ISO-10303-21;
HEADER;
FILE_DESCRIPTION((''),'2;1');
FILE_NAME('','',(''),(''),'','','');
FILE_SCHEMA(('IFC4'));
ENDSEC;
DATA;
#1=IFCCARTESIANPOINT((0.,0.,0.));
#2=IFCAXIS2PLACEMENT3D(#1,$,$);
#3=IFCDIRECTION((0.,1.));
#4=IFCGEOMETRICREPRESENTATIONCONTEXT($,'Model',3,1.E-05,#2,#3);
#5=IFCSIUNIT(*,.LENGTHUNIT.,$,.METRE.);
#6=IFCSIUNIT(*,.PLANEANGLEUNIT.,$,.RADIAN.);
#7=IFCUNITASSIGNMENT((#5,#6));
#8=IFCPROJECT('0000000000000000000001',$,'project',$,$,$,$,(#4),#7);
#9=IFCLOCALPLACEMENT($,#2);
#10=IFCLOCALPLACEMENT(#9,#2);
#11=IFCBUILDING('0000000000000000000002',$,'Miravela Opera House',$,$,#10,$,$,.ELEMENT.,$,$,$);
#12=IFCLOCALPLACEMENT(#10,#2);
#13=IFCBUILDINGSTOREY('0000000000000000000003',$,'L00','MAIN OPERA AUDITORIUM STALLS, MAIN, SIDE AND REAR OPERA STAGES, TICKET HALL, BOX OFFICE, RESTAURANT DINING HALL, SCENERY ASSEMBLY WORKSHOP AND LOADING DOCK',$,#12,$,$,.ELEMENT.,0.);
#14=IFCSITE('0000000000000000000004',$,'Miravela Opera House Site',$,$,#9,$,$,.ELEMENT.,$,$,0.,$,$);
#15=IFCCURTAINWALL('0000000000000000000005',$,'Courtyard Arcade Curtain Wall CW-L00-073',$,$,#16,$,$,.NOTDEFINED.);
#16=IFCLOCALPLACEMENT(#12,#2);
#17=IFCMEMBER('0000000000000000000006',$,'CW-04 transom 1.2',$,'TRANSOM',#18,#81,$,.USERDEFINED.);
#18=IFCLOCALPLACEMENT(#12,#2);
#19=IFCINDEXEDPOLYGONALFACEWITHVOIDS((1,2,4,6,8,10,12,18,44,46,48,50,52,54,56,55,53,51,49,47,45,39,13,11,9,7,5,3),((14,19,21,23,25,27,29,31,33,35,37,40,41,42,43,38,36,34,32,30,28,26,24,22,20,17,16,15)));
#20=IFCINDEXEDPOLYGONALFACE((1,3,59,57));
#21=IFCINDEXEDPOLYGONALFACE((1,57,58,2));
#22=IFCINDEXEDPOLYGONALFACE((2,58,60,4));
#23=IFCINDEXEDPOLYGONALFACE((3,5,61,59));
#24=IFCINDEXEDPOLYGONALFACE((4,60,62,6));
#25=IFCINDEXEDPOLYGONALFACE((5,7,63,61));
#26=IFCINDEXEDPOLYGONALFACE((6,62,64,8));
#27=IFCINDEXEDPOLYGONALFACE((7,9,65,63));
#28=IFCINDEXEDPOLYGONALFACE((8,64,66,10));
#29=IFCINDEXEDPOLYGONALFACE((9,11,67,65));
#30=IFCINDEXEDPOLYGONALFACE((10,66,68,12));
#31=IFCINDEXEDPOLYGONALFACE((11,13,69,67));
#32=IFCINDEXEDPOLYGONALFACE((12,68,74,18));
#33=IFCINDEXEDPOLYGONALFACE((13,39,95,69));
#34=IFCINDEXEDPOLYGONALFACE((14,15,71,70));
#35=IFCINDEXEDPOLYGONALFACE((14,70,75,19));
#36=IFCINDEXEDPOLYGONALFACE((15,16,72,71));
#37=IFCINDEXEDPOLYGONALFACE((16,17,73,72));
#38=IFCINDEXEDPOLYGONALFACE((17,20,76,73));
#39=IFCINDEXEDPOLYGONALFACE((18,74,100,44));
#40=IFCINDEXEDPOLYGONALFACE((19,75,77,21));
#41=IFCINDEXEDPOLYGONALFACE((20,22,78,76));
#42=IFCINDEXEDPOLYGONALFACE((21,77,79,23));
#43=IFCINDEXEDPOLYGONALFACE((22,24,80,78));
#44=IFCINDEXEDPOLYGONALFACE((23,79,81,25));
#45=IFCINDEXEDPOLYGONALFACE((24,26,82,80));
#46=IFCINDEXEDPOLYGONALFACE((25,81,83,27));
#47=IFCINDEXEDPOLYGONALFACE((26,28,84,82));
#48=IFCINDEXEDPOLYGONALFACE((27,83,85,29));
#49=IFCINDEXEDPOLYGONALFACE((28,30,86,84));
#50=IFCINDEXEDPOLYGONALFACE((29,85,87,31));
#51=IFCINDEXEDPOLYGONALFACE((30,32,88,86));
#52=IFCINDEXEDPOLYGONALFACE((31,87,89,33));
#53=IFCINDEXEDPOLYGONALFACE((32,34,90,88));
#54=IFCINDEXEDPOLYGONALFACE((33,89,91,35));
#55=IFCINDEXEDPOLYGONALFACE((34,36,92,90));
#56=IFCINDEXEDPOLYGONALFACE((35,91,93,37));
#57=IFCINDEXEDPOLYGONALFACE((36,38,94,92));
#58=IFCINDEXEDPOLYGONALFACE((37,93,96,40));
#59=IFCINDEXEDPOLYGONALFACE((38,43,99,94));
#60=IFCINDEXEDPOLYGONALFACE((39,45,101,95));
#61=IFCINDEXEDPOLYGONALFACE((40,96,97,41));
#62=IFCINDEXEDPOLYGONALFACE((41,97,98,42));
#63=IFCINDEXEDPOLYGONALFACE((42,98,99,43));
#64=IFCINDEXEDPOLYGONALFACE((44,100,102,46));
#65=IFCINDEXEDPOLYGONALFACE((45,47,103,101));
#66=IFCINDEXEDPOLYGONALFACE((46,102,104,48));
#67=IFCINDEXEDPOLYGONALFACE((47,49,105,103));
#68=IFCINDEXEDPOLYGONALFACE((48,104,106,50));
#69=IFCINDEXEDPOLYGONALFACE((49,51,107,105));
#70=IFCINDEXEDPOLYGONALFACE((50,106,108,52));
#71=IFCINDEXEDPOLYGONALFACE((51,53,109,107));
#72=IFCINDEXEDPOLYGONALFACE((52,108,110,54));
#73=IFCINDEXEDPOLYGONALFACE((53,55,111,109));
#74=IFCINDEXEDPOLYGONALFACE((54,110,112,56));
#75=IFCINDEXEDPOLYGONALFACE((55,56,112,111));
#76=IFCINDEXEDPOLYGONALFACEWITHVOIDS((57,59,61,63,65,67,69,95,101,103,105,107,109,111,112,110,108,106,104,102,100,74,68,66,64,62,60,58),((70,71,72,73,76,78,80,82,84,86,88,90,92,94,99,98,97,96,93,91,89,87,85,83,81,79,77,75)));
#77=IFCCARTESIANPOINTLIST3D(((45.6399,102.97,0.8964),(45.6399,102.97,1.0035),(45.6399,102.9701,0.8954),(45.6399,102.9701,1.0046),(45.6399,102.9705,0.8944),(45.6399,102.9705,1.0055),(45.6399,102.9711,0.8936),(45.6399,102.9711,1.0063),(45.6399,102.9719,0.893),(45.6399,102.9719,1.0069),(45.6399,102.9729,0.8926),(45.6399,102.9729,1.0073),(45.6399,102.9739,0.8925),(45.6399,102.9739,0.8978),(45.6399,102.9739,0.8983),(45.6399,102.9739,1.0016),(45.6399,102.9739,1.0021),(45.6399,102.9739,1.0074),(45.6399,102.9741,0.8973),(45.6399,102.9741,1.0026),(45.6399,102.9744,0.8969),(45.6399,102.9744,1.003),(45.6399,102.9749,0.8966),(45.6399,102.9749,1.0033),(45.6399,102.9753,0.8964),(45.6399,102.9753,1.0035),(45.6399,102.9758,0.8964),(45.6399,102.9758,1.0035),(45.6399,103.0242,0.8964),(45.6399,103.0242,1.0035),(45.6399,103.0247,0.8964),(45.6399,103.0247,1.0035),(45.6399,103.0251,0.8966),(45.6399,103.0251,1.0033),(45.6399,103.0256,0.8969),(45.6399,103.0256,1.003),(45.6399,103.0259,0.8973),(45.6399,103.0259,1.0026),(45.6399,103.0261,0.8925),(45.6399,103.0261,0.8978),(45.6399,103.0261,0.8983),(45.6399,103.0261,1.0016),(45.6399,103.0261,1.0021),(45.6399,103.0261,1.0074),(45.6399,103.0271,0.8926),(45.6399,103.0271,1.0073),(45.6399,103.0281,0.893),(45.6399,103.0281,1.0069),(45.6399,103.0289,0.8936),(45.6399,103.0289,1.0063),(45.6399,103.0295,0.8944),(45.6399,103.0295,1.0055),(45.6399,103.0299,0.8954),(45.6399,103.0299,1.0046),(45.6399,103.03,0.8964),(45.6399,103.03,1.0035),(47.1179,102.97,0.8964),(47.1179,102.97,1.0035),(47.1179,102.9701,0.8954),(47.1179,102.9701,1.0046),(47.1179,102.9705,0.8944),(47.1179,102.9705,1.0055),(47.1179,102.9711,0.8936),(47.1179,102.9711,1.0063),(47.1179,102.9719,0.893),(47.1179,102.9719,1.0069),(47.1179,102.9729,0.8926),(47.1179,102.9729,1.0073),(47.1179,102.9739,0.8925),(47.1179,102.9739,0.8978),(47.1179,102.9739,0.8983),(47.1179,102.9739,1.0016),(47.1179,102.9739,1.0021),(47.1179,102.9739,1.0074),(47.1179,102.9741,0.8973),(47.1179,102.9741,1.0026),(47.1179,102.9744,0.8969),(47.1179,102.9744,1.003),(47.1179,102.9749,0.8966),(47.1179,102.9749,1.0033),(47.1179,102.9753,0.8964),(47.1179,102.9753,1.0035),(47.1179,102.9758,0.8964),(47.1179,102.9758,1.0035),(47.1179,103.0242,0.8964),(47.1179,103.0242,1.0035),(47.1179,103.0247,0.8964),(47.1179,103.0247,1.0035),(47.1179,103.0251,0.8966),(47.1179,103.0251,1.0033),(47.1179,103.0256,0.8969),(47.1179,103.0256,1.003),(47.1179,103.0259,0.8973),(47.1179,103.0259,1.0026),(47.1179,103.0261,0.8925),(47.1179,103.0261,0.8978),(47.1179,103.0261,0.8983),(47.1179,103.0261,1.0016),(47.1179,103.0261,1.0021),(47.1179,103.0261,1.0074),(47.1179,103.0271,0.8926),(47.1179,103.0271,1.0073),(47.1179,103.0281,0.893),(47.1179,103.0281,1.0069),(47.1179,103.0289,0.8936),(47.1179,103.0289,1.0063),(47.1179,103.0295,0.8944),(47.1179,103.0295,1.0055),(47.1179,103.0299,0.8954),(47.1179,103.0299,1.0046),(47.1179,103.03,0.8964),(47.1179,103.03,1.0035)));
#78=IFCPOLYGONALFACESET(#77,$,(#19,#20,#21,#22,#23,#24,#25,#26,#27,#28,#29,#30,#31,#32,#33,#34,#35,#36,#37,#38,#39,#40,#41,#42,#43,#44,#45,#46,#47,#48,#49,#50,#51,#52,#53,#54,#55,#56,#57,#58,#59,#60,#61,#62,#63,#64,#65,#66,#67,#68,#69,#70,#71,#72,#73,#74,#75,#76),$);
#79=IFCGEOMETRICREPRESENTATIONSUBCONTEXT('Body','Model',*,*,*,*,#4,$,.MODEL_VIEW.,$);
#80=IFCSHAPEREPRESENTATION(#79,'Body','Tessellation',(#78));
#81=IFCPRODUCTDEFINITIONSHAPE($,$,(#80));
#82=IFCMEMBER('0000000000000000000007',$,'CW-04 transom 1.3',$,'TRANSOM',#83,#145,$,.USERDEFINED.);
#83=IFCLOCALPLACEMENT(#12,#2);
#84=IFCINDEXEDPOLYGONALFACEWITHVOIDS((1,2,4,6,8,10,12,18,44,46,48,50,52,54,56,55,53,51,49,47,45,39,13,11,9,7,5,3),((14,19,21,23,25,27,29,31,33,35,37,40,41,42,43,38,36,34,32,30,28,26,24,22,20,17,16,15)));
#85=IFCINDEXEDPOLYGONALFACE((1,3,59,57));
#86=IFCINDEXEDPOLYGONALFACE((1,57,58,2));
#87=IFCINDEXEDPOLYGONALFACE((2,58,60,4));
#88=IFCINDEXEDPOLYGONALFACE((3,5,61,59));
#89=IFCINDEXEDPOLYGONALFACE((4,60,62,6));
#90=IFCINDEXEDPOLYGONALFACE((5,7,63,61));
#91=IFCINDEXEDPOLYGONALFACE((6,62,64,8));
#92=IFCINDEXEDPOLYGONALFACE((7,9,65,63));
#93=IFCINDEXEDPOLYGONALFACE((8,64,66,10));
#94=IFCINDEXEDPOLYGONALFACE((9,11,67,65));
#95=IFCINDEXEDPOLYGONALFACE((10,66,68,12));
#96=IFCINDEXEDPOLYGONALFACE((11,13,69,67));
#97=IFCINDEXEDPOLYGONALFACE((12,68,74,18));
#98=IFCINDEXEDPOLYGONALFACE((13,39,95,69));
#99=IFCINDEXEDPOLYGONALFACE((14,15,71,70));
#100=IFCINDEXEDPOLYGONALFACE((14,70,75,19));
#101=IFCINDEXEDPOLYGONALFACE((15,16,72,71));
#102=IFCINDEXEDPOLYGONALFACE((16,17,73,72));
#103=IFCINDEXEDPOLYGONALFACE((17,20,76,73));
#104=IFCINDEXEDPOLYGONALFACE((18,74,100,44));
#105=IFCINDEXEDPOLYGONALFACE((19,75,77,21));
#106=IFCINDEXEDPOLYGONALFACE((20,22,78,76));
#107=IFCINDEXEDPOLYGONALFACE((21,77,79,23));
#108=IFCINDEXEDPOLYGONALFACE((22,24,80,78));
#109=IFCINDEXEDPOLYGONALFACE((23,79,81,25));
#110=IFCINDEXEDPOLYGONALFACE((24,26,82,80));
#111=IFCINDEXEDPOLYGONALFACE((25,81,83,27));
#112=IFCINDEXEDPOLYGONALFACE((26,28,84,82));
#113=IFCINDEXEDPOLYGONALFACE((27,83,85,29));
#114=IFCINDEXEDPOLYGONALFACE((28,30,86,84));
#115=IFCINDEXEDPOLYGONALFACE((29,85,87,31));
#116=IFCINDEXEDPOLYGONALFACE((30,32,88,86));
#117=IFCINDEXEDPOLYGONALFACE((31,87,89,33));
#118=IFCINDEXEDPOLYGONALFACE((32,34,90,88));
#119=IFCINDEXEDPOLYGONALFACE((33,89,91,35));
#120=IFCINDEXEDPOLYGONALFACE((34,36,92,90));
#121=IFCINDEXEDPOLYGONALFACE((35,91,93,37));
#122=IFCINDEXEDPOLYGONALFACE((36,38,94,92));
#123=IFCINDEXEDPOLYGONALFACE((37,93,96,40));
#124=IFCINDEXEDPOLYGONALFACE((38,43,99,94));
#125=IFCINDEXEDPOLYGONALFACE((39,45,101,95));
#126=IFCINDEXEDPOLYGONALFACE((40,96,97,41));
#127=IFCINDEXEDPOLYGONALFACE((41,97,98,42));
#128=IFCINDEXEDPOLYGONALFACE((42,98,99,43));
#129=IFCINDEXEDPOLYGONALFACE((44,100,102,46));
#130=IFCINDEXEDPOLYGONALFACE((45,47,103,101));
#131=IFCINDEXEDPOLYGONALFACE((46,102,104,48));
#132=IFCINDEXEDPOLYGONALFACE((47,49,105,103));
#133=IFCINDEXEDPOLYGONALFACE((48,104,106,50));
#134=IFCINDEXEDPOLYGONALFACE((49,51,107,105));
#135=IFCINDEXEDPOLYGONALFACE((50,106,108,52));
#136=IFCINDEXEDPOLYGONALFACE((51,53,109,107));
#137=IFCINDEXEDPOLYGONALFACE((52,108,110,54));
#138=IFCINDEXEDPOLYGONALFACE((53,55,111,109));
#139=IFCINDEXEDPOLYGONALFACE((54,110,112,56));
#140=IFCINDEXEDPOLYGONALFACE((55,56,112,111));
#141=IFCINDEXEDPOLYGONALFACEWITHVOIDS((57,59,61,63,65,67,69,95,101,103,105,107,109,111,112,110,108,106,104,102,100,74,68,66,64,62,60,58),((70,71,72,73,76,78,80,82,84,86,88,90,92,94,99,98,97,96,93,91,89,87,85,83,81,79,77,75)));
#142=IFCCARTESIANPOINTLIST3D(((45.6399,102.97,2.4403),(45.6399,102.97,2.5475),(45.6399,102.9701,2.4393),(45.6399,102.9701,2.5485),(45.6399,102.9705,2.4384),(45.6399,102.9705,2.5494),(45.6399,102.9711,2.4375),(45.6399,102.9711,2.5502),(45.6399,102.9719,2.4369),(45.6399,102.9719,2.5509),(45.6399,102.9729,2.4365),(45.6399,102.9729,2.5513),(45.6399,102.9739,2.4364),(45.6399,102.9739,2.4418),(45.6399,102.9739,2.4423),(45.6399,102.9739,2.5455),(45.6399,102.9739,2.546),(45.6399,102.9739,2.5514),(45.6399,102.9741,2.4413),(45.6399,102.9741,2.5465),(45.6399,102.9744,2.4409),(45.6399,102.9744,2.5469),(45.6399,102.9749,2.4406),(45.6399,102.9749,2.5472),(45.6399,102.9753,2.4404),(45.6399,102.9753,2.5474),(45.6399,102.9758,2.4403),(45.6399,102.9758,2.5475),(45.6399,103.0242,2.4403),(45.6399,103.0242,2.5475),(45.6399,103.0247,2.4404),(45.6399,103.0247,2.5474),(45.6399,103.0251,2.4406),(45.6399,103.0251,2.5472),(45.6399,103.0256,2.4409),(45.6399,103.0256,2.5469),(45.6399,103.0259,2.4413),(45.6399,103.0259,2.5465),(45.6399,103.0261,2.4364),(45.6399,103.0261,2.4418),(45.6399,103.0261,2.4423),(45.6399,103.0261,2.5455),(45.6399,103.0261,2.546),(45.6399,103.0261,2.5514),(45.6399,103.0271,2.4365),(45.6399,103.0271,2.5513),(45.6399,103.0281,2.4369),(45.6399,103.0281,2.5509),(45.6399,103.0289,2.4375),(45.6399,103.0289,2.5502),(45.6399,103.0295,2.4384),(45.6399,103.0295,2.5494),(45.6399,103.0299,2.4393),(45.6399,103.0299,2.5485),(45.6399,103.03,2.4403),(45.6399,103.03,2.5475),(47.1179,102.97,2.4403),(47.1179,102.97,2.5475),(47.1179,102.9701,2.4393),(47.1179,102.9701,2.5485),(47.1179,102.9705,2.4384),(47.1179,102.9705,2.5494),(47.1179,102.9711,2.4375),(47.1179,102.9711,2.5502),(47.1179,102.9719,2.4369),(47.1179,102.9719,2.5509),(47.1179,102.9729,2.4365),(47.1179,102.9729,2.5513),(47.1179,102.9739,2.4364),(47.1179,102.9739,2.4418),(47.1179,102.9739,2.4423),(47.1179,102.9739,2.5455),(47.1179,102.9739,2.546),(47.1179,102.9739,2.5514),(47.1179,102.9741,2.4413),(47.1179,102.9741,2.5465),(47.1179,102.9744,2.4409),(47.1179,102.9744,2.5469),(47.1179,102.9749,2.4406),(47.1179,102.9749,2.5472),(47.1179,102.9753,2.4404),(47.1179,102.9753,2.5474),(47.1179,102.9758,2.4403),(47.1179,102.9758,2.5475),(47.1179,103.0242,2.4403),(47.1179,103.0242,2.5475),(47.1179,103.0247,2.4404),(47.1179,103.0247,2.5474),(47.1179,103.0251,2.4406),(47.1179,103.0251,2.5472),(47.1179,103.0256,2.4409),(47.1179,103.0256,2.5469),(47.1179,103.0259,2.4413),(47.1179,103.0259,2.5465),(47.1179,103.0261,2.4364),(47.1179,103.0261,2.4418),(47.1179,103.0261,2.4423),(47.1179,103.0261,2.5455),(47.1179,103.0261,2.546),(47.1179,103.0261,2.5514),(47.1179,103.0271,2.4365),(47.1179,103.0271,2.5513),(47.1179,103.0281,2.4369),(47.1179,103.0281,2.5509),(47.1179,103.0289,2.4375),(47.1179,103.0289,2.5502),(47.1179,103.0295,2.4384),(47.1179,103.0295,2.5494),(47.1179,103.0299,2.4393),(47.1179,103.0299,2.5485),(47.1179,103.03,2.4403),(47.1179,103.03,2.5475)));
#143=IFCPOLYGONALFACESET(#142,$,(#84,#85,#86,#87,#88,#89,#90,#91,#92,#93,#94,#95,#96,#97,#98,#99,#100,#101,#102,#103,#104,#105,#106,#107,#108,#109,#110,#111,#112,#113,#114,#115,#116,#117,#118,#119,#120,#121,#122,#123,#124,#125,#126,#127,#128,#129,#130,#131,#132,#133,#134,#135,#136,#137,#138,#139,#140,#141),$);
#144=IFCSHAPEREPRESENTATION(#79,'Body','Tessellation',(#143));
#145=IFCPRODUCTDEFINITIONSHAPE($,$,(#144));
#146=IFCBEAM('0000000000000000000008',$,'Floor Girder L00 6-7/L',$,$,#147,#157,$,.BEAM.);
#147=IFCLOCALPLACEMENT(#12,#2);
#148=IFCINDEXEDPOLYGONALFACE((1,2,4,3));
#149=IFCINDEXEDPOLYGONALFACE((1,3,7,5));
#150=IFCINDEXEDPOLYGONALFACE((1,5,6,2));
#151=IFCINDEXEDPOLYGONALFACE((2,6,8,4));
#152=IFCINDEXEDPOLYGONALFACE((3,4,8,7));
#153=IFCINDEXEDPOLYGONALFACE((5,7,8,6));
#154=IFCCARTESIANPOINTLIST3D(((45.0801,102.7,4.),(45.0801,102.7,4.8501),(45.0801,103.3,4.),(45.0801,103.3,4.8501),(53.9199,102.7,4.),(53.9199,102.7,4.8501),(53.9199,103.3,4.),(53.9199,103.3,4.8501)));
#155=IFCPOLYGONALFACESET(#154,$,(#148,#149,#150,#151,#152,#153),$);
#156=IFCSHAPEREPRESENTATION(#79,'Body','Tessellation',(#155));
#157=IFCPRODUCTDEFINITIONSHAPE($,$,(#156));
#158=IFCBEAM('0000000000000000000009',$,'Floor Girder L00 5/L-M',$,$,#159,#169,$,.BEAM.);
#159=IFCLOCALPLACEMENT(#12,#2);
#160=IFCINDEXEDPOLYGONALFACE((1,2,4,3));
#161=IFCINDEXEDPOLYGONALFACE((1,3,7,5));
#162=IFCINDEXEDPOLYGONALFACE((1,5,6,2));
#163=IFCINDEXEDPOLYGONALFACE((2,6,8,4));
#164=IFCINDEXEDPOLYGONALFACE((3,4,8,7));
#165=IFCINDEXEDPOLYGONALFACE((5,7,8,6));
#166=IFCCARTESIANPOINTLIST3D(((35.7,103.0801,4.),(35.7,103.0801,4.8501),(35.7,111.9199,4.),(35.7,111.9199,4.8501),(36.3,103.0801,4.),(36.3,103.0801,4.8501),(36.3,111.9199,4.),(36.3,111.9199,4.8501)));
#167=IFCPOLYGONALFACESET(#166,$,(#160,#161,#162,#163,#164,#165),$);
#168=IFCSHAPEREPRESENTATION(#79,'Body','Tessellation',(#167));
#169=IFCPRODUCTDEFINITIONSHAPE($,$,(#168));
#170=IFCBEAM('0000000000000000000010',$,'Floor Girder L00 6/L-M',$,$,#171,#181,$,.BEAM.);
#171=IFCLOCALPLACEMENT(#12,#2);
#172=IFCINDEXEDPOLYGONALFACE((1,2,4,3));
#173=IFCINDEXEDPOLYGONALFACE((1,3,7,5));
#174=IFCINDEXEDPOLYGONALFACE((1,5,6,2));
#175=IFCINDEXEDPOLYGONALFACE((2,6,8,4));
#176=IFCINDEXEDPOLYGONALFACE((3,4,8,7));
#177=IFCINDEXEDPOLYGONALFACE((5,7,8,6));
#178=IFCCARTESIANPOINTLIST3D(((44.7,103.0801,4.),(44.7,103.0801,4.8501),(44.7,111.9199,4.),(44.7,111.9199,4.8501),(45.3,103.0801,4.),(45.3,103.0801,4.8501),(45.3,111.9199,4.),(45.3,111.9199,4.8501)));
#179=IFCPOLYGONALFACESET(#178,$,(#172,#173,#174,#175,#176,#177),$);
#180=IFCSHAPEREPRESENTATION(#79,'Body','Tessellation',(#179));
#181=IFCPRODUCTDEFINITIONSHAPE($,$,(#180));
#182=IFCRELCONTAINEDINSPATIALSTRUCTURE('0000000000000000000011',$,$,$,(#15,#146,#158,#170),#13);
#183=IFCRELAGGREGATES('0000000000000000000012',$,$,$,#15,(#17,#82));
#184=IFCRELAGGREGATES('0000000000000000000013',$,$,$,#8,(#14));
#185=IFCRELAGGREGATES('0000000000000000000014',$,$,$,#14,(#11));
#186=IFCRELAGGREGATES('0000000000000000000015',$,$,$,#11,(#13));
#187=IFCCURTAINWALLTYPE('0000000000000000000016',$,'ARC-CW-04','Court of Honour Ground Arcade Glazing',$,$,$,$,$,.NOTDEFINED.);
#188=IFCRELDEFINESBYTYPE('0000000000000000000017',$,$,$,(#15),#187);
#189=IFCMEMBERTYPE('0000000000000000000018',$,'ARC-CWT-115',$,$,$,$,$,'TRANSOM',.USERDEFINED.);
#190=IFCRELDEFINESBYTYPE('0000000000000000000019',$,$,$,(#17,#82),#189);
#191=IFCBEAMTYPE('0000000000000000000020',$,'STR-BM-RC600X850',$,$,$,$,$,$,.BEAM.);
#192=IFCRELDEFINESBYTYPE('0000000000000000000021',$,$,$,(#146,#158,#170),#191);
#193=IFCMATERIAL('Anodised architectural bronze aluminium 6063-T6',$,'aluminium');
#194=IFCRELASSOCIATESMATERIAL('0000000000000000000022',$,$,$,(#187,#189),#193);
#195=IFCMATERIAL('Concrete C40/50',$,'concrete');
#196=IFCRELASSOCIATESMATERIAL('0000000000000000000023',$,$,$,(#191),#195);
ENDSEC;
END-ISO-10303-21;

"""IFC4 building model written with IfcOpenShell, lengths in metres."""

from ifc_helpers import new_model, si_unit, direction, frame, origin, origin_2d, place, context, subcontext, project, spatial, rectangle, hollow_rectangle, extrude, material, material_profile, profile_set, type_object, element, aggregate, save


model = new_model("IFC4")

# Units and contexts
model_context = context("Model", 3, precision=1e-05, world=origin(), true_north=direction((0.0, 1.0)))
body_context = subcontext(model_context, "Body", "Model", "MODEL_VIEW")
ifc_project = project(units=[si_unit("LENGTHUNIT", "METRE"), si_unit("PLANEANGLEUNIT", "RADIAN")], contexts=[model_context])

# Site, building, storey
site_placement = place(None, origin())
site = spatial("IfcSite", under=ifc_project, at=site_placement, Name="Miravela Opera House Site", CompositionType="ELEMENT", RefElevation=0.0)
building_placement = place(site_placement, origin())
building = spatial("IfcBuilding", under=site, at=building_placement, Name="Miravela Opera House", CompositionType="ELEMENT")
storey_placement = place(building_placement, origin())
storey = spatial("IfcBuildingStorey", under=building, at=storey_placement, Name="L00", Description="MAIN OPERA AUDITORIUM STALLS, MAIN, SIDE AND REAR OPERA STAGES, TICKET HALL, BOX OFFICE, RESTAURANT DINING HALL, SCENERY ASSEMBLY WORKSHOP AND LOADING DOCK", CompositionType="ELEMENT", Elevation=0.0)

# Shared definitions
ifc_material_1 = material(Name="Concrete C40/50", Category="concrete")

# Curtain wall
ifc_material_2 = material(Name="Anodised architectural bronze aluminium 6063-T6", Category="aluminium")
curtain_wall_type = type_object("IfcCurtainWallType", Name="ARC-CW-04", Description="Court of Honour Ground Arcade Glazing", PredefinedType="NOTDEFINED", material=ifc_material_2)
curtain_wall_1_placement = place(storey_placement, origin())
curtain_wall_1 = element("IfcCurtainWall", 1, at=curtain_wall_1_placement, inside=storey, type_object=curtain_wall_type, Name="Courtyard Arcade Curtain Wall CW-L00-073", PredefinedType="NOTDEFINED")

# Members
ifc_material_profile_1 = material_profile(ifc_material_2, hollow_rectangle(XDim=0.0601, YDim=0.115, WallThickness=0.0039, InnerFilletRadius=0.002, OuterFilletRadius=0.0039, at=origin_2d()), Name="CWT-60X115")
ifc_profile_set_1 = profile_set([ifc_material_profile_1])
member_type_1 = type_object("IfcMemberType", Name="ARC-CWT-115", ElementType="TRANSOM", PredefinedType="USERDEFINED", material=ifc_profile_set_1)
member_1_placement = place(storey_placement, frame((45.6399, 103.0, 0.95), z_axis=(1.0, 0.0, 0.0), x_axis=(0.0, 1.0, 0.0)))
member_1 = element("IfcMember", 2, at=member_1_placement, type_object=member_type_1, Name="CW-04 transom 1.2", ObjectType="TRANSOM", PredefinedType="USERDEFINED", context=body_context, shape_type="SweptSolid", body=[
    extrude(hollow_rectangle(XDim=0.0601, YDim=0.115, WallThickness=0.0039, InnerFilletRadius=0.002, OuterFilletRadius=0.0039, at=origin_2d()), origin(), (0.0, 0.0, 1.0), 1.478),
])
member_2_placement = place(storey_placement, frame((45.6399, 103.0, 2.4939), z_axis=(1.0, 0.0, 0.0), x_axis=(0.0, 1.0, 0.0)))
member_2 = element("IfcMember", 3, at=member_2_placement, type_object=member_type_1, Name="CW-04 transom 1.3", ObjectType="TRANSOM", PredefinedType="USERDEFINED", context=body_context, shape_type="SweptSolid", body=[
    extrude(hollow_rectangle(XDim=0.0601, YDim=0.115, WallThickness=0.0039, InnerFilletRadius=0.002, OuterFilletRadius=0.0039, at=origin_2d()), origin(), (0.0, 0.0, 1.0), 1.478),
])
aggregate(curtain_wall_1, [member_1, member_2])

# Beams
ifc_material_profile_2 = material_profile(ifc_material_1, rectangle(XDim=0.6001, YDim=0.8501, at=origin_2d()), Name="RC-BM-600X850")
ifc_profile_set_2 = profile_set([ifc_material_profile_2])
beam_type_1 = type_object("IfcBeamType", Name="STR-BM-RC600X850", PredefinedType="BEAM", material=ifc_profile_set_2)
for number, where, z_axis, x_axis, name in (
    (4, (45.0801, 103.0, 4.425), (1.0, 0.0, 0.0), (0.0, 1.0, 0.0), "Floor Girder L00 6-7/L"),
    (5, (36.0, 103.0801, 4.425), (0.0, 1.0, 0.0), (-1.0, 0.0, 0.0), "Floor Girder L00 5/L-M"),
    (6, (45.0, 103.0801, 4.425), (0.0, 1.0, 0.0), (-1.0, 0.0, 0.0), "Floor Girder L00 6/L-M"),
):
    element("IfcBeam", number, at=place(storey_placement, frame(where, z_axis=z_axis, x_axis=x_axis)), inside=storey, type_object=beam_type_1, Name=name, PredefinedType="BEAM", context=body_context, shape_type="SweptSolid", body=[
        extrude(rectangle(XDim=0.6001, YDim=0.8501, at=origin_2d()), origin(), (0.0, 0.0, 1.0), 8.8398),
    ])

save(model, "model.ifc")
